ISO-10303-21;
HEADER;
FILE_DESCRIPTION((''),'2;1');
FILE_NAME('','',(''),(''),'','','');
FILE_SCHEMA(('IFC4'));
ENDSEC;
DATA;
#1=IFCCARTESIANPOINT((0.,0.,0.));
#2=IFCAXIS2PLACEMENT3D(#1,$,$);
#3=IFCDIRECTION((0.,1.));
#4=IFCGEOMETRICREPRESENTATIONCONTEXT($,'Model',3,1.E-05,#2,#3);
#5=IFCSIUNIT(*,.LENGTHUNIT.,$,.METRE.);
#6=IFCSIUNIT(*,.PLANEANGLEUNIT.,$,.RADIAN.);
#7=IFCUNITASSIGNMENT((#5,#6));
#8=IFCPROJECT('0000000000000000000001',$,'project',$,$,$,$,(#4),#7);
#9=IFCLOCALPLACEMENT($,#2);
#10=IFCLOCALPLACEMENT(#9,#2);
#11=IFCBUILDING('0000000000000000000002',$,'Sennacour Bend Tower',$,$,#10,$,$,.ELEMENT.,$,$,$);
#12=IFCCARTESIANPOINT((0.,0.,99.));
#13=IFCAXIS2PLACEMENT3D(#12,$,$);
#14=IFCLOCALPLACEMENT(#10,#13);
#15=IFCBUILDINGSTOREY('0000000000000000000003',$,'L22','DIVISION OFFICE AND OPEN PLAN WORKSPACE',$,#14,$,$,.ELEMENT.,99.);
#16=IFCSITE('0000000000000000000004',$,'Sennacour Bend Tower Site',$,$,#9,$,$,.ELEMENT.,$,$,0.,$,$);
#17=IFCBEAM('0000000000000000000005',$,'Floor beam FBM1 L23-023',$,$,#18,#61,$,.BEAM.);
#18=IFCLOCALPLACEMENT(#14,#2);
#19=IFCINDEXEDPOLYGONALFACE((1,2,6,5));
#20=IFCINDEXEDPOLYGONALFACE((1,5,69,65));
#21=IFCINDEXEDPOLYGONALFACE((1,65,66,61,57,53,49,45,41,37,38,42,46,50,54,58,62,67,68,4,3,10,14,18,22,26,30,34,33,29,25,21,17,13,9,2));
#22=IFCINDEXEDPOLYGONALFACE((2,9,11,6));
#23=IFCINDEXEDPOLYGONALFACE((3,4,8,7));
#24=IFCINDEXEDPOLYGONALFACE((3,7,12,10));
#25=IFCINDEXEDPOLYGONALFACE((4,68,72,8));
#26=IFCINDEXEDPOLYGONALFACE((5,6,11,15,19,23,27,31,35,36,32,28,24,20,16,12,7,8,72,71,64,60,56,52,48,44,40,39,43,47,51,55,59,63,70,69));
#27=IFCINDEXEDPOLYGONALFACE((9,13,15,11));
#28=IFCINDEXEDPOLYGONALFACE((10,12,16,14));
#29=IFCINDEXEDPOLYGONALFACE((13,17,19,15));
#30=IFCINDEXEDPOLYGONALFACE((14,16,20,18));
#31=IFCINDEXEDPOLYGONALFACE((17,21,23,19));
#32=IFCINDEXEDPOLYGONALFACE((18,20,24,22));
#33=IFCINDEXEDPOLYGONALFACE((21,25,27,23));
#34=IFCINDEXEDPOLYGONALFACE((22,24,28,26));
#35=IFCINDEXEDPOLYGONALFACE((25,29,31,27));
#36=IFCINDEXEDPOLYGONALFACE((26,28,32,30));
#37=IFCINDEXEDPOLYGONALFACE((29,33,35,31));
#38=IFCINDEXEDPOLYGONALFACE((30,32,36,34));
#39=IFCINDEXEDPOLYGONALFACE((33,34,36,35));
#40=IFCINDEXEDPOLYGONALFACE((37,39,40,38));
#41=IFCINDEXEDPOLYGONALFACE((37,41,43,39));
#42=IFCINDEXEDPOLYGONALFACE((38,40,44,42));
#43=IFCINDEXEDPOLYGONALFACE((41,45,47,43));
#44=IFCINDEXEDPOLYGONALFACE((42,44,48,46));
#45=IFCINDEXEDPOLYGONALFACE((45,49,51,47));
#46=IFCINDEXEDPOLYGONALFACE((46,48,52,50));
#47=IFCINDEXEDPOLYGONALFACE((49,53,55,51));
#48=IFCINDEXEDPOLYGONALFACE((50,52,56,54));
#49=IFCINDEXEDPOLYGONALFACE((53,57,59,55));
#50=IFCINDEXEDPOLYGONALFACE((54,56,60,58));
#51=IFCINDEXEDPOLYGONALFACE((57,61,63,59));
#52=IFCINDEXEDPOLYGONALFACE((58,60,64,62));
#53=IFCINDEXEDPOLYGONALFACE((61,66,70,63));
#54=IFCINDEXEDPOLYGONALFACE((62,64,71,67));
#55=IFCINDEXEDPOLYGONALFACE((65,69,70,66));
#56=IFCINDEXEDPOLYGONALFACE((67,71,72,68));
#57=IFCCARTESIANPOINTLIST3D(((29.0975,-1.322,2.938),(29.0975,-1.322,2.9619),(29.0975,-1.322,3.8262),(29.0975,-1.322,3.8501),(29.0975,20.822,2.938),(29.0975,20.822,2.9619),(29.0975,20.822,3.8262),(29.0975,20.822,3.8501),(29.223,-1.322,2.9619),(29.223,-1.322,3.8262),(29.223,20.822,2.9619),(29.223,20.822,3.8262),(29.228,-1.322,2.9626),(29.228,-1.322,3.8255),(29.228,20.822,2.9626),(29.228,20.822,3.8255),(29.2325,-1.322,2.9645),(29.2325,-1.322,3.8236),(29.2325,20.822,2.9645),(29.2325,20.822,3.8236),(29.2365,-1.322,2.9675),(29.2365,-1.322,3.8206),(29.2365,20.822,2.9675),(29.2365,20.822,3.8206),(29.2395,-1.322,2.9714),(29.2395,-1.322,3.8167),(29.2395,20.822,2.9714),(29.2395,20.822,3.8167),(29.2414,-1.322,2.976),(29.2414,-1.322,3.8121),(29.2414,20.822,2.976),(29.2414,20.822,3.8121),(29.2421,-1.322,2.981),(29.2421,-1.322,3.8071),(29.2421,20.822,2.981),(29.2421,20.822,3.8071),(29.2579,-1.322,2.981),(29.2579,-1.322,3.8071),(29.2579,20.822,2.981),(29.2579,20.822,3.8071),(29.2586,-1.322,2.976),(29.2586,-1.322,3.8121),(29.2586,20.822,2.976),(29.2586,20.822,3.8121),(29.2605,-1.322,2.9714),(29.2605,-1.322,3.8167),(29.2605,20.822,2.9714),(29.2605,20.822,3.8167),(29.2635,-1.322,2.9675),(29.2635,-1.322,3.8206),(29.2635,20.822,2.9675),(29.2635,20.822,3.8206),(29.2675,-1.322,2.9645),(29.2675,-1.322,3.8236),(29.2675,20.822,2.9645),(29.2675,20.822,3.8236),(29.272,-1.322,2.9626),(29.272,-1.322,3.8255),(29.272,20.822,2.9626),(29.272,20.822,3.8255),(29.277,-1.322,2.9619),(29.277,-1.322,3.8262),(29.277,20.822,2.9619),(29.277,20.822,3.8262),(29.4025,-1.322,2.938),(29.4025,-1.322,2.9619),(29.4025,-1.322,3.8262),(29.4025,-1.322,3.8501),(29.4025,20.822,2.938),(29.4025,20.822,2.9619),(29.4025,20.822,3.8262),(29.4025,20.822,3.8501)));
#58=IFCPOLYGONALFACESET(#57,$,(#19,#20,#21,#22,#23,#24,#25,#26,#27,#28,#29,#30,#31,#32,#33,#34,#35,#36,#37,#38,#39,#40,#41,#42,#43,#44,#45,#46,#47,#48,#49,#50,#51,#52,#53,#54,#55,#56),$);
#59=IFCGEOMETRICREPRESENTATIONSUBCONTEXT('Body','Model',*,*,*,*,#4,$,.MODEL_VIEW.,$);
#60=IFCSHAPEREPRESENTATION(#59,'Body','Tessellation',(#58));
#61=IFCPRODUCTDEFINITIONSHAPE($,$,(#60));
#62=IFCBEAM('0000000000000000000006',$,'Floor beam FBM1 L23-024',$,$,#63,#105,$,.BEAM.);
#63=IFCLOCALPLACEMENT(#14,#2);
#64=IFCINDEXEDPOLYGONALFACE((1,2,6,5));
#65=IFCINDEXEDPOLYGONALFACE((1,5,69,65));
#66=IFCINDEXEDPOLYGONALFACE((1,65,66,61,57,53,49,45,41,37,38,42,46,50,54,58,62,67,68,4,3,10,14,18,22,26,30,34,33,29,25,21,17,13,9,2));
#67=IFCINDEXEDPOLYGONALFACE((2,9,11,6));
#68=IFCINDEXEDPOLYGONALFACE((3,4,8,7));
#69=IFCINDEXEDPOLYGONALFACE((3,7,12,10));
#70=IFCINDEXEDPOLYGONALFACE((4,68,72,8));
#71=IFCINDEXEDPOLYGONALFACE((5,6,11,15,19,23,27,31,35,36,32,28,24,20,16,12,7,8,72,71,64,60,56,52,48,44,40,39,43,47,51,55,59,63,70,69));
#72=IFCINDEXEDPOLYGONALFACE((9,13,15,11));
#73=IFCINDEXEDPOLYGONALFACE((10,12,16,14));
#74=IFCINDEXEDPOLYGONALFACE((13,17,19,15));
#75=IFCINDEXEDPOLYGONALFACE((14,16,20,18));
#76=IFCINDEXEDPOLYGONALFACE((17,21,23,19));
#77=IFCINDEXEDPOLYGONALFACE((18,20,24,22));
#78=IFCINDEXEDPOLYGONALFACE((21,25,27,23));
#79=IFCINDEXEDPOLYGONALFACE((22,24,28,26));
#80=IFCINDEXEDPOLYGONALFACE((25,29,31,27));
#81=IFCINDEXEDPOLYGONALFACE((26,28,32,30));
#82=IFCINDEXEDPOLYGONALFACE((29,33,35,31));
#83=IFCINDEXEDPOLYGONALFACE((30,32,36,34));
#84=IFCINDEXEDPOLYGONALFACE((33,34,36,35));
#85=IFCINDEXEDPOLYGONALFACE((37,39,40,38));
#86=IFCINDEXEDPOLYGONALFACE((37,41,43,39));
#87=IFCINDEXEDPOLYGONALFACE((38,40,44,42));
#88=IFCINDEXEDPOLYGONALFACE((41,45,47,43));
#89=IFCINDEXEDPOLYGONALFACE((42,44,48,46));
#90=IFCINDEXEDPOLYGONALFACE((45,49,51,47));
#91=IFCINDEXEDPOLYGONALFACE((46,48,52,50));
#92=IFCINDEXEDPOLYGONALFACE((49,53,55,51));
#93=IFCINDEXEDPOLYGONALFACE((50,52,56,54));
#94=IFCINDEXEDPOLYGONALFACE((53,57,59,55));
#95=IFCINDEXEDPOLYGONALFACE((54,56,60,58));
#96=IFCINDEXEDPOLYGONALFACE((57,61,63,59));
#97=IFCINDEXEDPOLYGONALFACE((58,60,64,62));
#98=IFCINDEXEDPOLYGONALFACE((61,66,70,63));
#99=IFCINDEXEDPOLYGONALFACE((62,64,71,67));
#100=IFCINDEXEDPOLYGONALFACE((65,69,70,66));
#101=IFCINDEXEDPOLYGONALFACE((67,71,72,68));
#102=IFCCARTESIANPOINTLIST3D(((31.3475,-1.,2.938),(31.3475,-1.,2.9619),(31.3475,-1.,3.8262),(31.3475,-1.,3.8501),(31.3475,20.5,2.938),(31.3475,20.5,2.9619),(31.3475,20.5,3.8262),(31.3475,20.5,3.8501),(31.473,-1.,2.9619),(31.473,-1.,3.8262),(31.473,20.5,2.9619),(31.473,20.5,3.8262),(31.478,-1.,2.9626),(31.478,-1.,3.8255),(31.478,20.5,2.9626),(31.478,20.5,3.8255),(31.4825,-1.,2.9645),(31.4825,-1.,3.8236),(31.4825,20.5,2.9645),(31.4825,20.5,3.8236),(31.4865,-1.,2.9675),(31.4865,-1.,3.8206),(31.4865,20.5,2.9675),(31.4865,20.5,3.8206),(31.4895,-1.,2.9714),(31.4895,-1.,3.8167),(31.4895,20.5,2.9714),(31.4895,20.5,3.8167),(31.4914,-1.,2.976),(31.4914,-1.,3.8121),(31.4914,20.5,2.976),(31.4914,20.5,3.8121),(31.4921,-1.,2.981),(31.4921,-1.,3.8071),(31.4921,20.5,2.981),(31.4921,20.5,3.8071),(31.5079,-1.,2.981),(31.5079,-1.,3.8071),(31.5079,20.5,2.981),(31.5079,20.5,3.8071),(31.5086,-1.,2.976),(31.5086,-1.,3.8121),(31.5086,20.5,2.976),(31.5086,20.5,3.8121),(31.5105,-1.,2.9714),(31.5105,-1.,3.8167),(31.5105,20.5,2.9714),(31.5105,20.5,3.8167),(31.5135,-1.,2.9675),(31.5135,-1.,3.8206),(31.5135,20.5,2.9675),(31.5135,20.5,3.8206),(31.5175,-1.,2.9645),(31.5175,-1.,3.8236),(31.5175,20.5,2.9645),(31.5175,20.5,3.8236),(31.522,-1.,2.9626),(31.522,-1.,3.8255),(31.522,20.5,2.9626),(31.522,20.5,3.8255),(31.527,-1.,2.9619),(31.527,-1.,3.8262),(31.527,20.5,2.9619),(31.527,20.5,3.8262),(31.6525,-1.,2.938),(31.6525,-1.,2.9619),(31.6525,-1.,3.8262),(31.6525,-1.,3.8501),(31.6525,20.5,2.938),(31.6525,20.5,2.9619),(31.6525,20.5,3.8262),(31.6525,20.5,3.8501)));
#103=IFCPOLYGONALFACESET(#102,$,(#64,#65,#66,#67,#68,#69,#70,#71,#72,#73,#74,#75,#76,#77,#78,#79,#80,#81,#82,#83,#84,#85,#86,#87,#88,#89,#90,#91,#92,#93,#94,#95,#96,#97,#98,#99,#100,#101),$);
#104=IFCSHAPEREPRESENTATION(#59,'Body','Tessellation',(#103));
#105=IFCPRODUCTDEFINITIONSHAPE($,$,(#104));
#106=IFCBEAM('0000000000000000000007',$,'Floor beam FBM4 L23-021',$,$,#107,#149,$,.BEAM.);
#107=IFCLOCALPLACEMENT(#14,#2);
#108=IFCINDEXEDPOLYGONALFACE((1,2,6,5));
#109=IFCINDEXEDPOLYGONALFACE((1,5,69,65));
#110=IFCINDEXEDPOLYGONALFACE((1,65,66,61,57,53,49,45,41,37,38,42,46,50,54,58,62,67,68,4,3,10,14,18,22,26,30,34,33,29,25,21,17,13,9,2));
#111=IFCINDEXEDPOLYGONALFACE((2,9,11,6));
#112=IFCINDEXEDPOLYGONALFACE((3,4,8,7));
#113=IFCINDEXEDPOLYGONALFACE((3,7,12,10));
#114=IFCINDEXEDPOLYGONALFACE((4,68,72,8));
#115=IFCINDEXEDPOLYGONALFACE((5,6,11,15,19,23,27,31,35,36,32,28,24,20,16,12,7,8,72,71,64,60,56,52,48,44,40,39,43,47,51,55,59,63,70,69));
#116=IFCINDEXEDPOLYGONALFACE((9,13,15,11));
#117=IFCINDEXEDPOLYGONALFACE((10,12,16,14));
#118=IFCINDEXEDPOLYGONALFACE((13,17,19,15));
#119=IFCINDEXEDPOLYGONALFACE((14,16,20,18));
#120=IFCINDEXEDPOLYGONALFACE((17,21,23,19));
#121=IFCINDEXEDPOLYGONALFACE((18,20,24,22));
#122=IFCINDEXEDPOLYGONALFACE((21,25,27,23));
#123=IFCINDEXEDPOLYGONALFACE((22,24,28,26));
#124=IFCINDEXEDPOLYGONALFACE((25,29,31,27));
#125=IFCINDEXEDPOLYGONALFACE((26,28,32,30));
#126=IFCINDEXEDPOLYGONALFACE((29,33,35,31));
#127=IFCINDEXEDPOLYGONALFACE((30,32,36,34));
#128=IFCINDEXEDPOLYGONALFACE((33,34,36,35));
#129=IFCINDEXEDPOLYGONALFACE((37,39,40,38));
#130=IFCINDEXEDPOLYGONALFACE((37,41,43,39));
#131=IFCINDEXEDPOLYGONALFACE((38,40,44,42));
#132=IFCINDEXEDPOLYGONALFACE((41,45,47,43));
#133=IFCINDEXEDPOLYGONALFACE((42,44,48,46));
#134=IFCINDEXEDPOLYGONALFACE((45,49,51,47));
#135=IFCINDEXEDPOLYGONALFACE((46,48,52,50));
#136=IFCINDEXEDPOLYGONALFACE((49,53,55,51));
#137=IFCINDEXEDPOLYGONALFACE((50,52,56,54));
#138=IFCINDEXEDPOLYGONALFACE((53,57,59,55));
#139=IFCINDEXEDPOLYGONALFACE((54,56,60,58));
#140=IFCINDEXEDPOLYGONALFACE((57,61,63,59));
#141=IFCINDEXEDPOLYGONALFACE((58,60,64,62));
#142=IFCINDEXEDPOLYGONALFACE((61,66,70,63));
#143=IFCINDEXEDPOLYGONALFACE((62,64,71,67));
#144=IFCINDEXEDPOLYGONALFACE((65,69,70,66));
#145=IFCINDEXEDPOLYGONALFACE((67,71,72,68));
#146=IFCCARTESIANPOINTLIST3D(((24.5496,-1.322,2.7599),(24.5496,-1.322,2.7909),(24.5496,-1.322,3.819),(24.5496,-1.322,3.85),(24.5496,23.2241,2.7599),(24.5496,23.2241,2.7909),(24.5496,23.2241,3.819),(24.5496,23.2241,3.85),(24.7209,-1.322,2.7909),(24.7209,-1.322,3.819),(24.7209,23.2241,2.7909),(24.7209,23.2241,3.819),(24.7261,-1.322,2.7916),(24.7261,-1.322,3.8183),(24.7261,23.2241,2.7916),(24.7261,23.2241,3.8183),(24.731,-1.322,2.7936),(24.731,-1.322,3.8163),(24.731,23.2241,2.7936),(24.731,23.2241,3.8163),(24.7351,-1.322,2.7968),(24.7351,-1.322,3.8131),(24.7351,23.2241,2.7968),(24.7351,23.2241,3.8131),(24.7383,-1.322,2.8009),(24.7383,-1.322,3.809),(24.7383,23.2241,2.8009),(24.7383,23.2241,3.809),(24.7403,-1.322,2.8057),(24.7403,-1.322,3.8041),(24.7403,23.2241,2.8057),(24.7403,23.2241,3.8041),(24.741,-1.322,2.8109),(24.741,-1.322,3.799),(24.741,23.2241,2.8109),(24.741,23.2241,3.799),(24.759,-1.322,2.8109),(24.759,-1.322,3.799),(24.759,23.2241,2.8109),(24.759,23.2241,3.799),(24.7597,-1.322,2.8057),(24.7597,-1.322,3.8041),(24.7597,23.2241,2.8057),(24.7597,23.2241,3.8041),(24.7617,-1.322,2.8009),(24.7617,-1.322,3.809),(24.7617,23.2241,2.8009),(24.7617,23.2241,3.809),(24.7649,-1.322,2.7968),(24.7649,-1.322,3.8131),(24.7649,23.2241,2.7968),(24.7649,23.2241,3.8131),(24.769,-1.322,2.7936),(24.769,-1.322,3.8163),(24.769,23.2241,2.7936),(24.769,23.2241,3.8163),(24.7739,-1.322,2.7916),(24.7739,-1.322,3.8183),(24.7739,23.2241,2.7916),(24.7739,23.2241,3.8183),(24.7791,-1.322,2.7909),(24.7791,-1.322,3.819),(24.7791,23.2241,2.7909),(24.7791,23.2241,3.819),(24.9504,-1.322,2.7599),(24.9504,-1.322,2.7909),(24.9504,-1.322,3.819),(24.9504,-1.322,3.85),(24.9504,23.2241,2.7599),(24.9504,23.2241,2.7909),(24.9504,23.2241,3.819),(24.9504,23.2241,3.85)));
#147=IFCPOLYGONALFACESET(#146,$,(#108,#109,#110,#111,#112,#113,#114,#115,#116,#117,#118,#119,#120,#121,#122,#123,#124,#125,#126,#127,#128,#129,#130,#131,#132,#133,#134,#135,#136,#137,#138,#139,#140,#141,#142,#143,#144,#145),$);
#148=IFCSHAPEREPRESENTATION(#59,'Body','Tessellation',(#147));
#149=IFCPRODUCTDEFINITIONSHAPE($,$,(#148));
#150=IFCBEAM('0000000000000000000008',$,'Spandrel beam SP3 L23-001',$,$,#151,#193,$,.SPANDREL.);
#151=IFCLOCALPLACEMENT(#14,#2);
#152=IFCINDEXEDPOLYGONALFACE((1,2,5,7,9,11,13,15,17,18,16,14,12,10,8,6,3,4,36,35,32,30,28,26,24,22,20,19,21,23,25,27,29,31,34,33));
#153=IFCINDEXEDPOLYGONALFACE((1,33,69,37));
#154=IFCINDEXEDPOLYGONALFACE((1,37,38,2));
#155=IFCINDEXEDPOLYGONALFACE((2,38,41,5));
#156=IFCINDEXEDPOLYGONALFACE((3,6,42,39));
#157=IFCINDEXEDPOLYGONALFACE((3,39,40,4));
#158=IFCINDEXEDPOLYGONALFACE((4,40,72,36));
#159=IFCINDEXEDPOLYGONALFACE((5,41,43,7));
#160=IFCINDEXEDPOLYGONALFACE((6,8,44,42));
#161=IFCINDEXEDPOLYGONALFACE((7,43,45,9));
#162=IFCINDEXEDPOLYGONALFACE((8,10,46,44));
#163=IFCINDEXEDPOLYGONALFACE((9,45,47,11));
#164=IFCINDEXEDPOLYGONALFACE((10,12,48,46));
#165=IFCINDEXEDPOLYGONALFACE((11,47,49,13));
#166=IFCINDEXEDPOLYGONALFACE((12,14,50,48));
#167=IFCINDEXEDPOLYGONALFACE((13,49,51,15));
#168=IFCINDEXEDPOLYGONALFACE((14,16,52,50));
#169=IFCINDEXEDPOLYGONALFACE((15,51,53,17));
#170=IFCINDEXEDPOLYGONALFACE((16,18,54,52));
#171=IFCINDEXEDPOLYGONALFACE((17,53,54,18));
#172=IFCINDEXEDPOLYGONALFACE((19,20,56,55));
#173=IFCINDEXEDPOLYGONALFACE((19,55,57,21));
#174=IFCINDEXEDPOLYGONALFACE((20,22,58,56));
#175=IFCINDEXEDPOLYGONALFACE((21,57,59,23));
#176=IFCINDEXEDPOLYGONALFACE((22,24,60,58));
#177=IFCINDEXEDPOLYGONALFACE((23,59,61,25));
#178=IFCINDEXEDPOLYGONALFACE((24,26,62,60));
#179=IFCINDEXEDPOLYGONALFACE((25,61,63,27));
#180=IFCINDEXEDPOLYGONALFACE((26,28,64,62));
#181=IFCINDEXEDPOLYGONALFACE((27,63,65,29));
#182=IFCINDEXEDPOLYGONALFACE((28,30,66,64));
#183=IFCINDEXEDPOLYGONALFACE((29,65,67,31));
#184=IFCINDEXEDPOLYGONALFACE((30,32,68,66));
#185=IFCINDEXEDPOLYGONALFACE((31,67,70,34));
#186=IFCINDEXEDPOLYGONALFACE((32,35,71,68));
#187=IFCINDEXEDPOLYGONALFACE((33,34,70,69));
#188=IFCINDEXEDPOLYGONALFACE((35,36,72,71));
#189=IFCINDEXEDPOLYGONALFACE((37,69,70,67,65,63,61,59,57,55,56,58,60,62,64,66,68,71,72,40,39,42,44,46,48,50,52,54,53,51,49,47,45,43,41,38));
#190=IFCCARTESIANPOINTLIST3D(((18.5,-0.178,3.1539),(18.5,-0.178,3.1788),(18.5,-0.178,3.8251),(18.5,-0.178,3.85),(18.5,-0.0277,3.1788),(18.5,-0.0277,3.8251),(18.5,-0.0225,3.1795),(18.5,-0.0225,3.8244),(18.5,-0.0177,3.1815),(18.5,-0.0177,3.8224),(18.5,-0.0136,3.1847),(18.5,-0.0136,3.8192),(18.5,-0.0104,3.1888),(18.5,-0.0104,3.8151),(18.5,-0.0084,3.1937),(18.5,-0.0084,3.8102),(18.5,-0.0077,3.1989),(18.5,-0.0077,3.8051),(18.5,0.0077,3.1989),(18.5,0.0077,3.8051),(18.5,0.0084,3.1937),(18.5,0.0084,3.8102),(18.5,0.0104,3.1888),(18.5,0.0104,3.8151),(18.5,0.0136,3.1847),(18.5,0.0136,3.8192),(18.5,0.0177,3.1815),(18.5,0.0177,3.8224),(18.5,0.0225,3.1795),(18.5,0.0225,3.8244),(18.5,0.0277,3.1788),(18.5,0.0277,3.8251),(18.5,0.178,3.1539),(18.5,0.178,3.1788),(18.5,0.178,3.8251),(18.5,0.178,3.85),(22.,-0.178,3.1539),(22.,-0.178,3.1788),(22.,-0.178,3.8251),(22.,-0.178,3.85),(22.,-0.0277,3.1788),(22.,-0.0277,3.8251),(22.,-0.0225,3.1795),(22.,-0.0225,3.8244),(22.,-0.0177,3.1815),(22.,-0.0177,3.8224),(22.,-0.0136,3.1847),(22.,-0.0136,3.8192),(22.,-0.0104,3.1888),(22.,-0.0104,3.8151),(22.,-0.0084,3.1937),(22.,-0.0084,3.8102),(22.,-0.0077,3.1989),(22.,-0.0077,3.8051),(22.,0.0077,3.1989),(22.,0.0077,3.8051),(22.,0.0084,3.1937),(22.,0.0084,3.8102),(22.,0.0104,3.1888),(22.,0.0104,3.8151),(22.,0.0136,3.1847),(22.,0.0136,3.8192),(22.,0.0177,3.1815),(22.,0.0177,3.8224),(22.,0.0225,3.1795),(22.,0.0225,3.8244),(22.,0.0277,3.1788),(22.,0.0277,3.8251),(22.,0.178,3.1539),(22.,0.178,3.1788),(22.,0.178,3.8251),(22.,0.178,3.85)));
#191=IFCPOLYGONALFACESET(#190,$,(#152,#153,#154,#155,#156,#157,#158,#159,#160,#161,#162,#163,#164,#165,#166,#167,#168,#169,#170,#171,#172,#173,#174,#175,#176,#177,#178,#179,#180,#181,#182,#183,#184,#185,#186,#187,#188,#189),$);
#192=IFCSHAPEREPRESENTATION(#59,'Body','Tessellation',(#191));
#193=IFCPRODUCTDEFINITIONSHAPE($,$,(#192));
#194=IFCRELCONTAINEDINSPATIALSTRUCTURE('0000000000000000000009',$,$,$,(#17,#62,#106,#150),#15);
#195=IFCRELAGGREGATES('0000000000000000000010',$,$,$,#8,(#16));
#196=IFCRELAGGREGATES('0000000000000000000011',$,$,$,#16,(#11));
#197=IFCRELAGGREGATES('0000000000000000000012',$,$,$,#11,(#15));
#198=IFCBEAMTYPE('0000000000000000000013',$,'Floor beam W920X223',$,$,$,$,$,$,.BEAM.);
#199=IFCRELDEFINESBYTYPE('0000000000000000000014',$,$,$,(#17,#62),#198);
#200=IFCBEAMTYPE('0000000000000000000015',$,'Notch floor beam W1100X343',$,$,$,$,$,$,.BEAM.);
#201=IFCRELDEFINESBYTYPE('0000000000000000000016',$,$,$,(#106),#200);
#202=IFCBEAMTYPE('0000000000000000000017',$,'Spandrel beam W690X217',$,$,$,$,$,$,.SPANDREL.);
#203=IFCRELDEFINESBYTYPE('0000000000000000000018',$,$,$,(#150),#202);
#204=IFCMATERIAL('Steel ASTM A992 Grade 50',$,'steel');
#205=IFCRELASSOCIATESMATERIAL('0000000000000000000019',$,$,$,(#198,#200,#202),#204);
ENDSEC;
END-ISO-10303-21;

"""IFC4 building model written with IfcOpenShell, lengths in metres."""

from ifc_helpers import new_model, si_unit, direction, frame, origin, origin_2d, place, context, subcontext, project, spatial, i_section, extrude, material, material_profile, profile_set, type_object, element, save


model = new_model("IFC4")

# Units and contexts
model_context = context("Model", 3, precision=1e-05, world=origin(), true_north=direction((0.0, 1.0)))
body_context = subcontext(model_context, "Body", "Model", "MODEL_VIEW")
ifc_project = project(units=[si_unit("LENGTHUNIT", "METRE"), si_unit("PLANEANGLEUNIT", "RADIAN")], contexts=[model_context])

# Site, building, storey
site_placement = place(None, origin())
site = spatial("IfcSite", under=ifc_project, at=site_placement, Name="Sennacour Bend Tower Site", CompositionType="ELEMENT", RefElevation=0.0)
building_placement = place(site_placement, origin())
building = spatial("IfcBuilding", under=site, at=building_placement, Name="Sennacour Bend Tower", CompositionType="ELEMENT")
storey_placement = place(building_placement, frame((0.0, 0.0, 99.0)))
storey = spatial("IfcBuildingStorey", under=building, at=storey_placement, Name="L22", Description="DIVISION OFFICE AND OPEN PLAN WORKSPACE", CompositionType="ELEMENT", Elevation=99.0)

# Beams
ifc_material_1 = material(Name="Steel ASTM A992 Grade 50", Category="steel")
ifc_material_profile_1 = material_profile(ifc_material_1, i_section(OverallWidth=0.3049, OverallDepth=0.9121, WebThickness=0.0159, FlangeThickness=0.0239, FilletRadius=0.019, at=origin_2d()), Name="Steel ASTM A992 Grade 50", Category="steel")
ifc_profile_set_1 = profile_set([ifc_material_profile_1], Name="Steel ASTM A992 Grade 50")
beam_type_1 = type_object("IfcBeamType", Name="Floor beam W920X223", PredefinedType="BEAM", material=ifc_profile_set_1)
beam_1_placement = place(storey_placement, frame((29.25, -1.322, 3.394), z_axis=(0.0, 1.0, 0.0), x_axis=(-1.0, 0.0, 0.0)))
element("IfcBeam", 1, at=beam_1_placement, inside=storey, type_object=beam_type_1, Name="Floor beam FBM1 L23-023", PredefinedType="BEAM", context=body_context, shape_type="SweptSolid", body=[
    extrude(i_section(OverallWidth=0.3049, OverallDepth=0.9121, WebThickness=0.0159, FlangeThickness=0.0239, FilletRadius=0.019, at=origin_2d()), origin(), (0.0, 0.0, 1.0), 22.144),
])
beam_2_placement = place(storey_placement, frame((31.5, -1.0, 3.394), z_axis=(0.0, 1.0, 0.0), x_axis=(-1.0, 0.0, 0.0)))
element("IfcBeam", 2, at=beam_2_placement, inside=storey, type_object=beam_type_1, Name="Floor beam FBM1 L23-024", PredefinedType="BEAM", context=body_context, shape_type="SweptSolid", body=[
    extrude(i_section(OverallWidth=0.3049, OverallDepth=0.9121, WebThickness=0.0159, FlangeThickness=0.0239, FilletRadius=0.019, at=origin_2d()), origin(), (0.0, 0.0, 1.0), 21.5),
])
ifc_material_profile_2 = material_profile(ifc_material_1, i_section(OverallWidth=0.4009, OverallDepth=1.0901, WebThickness=0.0181, FlangeThickness=0.031, FilletRadius=0.02, at=origin_2d()), Name="Steel ASTM A992 Grade 50", Category="steel")
ifc_profile_set_2 = profile_set([ifc_material_profile_2], Name="Steel ASTM A992 Grade 50")
beam_type_2 = type_object("IfcBeamType", Name="Notch floor beam W1100X343", PredefinedType="BEAM", material=ifc_profile_set_2)
beam_3_placement = place(storey_placement, frame((24.75, -1.322, 3.3049), z_axis=(0.0, 1.0, 0.0), x_axis=(-1.0, 0.0, 0.0)))
element("IfcBeam", 3, at=beam_3_placement, inside=storey, type_object=beam_type_2, Name="Floor beam FBM4 L23-021", PredefinedType="BEAM", context=body_context, shape_type="SweptSolid", body=[
    extrude(i_section(OverallWidth=0.4009, OverallDepth=1.0901, WebThickness=0.0181, FlangeThickness=0.031, FilletRadius=0.02, at=origin_2d()), origin(), (0.0, 0.0, 1.0), 24.5461),
])
ifc_material_profile_3 = material_profile(ifc_material_1, i_section(OverallWidth=0.356, OverallDepth=0.696, WebThickness=0.0154, FlangeThickness=0.0249, FilletRadius=0.02, at=origin_2d()), Name="Steel ASTM A992 Grade 50", Category="steel")
ifc_profile_set_3 = profile_set([ifc_material_profile_3], Name="Steel ASTM A992 Grade 50")
beam_type_3 = type_object("IfcBeamType", Name="Spandrel beam W690X217", PredefinedType="SPANDREL", material=ifc_profile_set_3)
for number, where, z_axis, x_axis, name in (
    (4, (22.0, 0.0, 3.502), (-1.0, 0.0, 0.0), (0.0, -1.0, 0.0), "Spandrel beam SP3 L23-001"),
):
    element("IfcBeam", number, at=place(storey_placement, frame(where, z_axis=z_axis, x_axis=x_axis)), inside=storey, type_object=beam_type_3, Name=name, PredefinedType="SPANDREL", context=body_context, shape_type="SweptSolid", body=[
        extrude(i_section(OverallWidth=0.356, OverallDepth=0.696, WebThickness=0.0154, FlangeThickness=0.0249, FilletRadius=0.02, at=origin_2d()), origin(), (0.0, 0.0, 1.0), 3.5),
    ])

save(model, "model.ifc")
